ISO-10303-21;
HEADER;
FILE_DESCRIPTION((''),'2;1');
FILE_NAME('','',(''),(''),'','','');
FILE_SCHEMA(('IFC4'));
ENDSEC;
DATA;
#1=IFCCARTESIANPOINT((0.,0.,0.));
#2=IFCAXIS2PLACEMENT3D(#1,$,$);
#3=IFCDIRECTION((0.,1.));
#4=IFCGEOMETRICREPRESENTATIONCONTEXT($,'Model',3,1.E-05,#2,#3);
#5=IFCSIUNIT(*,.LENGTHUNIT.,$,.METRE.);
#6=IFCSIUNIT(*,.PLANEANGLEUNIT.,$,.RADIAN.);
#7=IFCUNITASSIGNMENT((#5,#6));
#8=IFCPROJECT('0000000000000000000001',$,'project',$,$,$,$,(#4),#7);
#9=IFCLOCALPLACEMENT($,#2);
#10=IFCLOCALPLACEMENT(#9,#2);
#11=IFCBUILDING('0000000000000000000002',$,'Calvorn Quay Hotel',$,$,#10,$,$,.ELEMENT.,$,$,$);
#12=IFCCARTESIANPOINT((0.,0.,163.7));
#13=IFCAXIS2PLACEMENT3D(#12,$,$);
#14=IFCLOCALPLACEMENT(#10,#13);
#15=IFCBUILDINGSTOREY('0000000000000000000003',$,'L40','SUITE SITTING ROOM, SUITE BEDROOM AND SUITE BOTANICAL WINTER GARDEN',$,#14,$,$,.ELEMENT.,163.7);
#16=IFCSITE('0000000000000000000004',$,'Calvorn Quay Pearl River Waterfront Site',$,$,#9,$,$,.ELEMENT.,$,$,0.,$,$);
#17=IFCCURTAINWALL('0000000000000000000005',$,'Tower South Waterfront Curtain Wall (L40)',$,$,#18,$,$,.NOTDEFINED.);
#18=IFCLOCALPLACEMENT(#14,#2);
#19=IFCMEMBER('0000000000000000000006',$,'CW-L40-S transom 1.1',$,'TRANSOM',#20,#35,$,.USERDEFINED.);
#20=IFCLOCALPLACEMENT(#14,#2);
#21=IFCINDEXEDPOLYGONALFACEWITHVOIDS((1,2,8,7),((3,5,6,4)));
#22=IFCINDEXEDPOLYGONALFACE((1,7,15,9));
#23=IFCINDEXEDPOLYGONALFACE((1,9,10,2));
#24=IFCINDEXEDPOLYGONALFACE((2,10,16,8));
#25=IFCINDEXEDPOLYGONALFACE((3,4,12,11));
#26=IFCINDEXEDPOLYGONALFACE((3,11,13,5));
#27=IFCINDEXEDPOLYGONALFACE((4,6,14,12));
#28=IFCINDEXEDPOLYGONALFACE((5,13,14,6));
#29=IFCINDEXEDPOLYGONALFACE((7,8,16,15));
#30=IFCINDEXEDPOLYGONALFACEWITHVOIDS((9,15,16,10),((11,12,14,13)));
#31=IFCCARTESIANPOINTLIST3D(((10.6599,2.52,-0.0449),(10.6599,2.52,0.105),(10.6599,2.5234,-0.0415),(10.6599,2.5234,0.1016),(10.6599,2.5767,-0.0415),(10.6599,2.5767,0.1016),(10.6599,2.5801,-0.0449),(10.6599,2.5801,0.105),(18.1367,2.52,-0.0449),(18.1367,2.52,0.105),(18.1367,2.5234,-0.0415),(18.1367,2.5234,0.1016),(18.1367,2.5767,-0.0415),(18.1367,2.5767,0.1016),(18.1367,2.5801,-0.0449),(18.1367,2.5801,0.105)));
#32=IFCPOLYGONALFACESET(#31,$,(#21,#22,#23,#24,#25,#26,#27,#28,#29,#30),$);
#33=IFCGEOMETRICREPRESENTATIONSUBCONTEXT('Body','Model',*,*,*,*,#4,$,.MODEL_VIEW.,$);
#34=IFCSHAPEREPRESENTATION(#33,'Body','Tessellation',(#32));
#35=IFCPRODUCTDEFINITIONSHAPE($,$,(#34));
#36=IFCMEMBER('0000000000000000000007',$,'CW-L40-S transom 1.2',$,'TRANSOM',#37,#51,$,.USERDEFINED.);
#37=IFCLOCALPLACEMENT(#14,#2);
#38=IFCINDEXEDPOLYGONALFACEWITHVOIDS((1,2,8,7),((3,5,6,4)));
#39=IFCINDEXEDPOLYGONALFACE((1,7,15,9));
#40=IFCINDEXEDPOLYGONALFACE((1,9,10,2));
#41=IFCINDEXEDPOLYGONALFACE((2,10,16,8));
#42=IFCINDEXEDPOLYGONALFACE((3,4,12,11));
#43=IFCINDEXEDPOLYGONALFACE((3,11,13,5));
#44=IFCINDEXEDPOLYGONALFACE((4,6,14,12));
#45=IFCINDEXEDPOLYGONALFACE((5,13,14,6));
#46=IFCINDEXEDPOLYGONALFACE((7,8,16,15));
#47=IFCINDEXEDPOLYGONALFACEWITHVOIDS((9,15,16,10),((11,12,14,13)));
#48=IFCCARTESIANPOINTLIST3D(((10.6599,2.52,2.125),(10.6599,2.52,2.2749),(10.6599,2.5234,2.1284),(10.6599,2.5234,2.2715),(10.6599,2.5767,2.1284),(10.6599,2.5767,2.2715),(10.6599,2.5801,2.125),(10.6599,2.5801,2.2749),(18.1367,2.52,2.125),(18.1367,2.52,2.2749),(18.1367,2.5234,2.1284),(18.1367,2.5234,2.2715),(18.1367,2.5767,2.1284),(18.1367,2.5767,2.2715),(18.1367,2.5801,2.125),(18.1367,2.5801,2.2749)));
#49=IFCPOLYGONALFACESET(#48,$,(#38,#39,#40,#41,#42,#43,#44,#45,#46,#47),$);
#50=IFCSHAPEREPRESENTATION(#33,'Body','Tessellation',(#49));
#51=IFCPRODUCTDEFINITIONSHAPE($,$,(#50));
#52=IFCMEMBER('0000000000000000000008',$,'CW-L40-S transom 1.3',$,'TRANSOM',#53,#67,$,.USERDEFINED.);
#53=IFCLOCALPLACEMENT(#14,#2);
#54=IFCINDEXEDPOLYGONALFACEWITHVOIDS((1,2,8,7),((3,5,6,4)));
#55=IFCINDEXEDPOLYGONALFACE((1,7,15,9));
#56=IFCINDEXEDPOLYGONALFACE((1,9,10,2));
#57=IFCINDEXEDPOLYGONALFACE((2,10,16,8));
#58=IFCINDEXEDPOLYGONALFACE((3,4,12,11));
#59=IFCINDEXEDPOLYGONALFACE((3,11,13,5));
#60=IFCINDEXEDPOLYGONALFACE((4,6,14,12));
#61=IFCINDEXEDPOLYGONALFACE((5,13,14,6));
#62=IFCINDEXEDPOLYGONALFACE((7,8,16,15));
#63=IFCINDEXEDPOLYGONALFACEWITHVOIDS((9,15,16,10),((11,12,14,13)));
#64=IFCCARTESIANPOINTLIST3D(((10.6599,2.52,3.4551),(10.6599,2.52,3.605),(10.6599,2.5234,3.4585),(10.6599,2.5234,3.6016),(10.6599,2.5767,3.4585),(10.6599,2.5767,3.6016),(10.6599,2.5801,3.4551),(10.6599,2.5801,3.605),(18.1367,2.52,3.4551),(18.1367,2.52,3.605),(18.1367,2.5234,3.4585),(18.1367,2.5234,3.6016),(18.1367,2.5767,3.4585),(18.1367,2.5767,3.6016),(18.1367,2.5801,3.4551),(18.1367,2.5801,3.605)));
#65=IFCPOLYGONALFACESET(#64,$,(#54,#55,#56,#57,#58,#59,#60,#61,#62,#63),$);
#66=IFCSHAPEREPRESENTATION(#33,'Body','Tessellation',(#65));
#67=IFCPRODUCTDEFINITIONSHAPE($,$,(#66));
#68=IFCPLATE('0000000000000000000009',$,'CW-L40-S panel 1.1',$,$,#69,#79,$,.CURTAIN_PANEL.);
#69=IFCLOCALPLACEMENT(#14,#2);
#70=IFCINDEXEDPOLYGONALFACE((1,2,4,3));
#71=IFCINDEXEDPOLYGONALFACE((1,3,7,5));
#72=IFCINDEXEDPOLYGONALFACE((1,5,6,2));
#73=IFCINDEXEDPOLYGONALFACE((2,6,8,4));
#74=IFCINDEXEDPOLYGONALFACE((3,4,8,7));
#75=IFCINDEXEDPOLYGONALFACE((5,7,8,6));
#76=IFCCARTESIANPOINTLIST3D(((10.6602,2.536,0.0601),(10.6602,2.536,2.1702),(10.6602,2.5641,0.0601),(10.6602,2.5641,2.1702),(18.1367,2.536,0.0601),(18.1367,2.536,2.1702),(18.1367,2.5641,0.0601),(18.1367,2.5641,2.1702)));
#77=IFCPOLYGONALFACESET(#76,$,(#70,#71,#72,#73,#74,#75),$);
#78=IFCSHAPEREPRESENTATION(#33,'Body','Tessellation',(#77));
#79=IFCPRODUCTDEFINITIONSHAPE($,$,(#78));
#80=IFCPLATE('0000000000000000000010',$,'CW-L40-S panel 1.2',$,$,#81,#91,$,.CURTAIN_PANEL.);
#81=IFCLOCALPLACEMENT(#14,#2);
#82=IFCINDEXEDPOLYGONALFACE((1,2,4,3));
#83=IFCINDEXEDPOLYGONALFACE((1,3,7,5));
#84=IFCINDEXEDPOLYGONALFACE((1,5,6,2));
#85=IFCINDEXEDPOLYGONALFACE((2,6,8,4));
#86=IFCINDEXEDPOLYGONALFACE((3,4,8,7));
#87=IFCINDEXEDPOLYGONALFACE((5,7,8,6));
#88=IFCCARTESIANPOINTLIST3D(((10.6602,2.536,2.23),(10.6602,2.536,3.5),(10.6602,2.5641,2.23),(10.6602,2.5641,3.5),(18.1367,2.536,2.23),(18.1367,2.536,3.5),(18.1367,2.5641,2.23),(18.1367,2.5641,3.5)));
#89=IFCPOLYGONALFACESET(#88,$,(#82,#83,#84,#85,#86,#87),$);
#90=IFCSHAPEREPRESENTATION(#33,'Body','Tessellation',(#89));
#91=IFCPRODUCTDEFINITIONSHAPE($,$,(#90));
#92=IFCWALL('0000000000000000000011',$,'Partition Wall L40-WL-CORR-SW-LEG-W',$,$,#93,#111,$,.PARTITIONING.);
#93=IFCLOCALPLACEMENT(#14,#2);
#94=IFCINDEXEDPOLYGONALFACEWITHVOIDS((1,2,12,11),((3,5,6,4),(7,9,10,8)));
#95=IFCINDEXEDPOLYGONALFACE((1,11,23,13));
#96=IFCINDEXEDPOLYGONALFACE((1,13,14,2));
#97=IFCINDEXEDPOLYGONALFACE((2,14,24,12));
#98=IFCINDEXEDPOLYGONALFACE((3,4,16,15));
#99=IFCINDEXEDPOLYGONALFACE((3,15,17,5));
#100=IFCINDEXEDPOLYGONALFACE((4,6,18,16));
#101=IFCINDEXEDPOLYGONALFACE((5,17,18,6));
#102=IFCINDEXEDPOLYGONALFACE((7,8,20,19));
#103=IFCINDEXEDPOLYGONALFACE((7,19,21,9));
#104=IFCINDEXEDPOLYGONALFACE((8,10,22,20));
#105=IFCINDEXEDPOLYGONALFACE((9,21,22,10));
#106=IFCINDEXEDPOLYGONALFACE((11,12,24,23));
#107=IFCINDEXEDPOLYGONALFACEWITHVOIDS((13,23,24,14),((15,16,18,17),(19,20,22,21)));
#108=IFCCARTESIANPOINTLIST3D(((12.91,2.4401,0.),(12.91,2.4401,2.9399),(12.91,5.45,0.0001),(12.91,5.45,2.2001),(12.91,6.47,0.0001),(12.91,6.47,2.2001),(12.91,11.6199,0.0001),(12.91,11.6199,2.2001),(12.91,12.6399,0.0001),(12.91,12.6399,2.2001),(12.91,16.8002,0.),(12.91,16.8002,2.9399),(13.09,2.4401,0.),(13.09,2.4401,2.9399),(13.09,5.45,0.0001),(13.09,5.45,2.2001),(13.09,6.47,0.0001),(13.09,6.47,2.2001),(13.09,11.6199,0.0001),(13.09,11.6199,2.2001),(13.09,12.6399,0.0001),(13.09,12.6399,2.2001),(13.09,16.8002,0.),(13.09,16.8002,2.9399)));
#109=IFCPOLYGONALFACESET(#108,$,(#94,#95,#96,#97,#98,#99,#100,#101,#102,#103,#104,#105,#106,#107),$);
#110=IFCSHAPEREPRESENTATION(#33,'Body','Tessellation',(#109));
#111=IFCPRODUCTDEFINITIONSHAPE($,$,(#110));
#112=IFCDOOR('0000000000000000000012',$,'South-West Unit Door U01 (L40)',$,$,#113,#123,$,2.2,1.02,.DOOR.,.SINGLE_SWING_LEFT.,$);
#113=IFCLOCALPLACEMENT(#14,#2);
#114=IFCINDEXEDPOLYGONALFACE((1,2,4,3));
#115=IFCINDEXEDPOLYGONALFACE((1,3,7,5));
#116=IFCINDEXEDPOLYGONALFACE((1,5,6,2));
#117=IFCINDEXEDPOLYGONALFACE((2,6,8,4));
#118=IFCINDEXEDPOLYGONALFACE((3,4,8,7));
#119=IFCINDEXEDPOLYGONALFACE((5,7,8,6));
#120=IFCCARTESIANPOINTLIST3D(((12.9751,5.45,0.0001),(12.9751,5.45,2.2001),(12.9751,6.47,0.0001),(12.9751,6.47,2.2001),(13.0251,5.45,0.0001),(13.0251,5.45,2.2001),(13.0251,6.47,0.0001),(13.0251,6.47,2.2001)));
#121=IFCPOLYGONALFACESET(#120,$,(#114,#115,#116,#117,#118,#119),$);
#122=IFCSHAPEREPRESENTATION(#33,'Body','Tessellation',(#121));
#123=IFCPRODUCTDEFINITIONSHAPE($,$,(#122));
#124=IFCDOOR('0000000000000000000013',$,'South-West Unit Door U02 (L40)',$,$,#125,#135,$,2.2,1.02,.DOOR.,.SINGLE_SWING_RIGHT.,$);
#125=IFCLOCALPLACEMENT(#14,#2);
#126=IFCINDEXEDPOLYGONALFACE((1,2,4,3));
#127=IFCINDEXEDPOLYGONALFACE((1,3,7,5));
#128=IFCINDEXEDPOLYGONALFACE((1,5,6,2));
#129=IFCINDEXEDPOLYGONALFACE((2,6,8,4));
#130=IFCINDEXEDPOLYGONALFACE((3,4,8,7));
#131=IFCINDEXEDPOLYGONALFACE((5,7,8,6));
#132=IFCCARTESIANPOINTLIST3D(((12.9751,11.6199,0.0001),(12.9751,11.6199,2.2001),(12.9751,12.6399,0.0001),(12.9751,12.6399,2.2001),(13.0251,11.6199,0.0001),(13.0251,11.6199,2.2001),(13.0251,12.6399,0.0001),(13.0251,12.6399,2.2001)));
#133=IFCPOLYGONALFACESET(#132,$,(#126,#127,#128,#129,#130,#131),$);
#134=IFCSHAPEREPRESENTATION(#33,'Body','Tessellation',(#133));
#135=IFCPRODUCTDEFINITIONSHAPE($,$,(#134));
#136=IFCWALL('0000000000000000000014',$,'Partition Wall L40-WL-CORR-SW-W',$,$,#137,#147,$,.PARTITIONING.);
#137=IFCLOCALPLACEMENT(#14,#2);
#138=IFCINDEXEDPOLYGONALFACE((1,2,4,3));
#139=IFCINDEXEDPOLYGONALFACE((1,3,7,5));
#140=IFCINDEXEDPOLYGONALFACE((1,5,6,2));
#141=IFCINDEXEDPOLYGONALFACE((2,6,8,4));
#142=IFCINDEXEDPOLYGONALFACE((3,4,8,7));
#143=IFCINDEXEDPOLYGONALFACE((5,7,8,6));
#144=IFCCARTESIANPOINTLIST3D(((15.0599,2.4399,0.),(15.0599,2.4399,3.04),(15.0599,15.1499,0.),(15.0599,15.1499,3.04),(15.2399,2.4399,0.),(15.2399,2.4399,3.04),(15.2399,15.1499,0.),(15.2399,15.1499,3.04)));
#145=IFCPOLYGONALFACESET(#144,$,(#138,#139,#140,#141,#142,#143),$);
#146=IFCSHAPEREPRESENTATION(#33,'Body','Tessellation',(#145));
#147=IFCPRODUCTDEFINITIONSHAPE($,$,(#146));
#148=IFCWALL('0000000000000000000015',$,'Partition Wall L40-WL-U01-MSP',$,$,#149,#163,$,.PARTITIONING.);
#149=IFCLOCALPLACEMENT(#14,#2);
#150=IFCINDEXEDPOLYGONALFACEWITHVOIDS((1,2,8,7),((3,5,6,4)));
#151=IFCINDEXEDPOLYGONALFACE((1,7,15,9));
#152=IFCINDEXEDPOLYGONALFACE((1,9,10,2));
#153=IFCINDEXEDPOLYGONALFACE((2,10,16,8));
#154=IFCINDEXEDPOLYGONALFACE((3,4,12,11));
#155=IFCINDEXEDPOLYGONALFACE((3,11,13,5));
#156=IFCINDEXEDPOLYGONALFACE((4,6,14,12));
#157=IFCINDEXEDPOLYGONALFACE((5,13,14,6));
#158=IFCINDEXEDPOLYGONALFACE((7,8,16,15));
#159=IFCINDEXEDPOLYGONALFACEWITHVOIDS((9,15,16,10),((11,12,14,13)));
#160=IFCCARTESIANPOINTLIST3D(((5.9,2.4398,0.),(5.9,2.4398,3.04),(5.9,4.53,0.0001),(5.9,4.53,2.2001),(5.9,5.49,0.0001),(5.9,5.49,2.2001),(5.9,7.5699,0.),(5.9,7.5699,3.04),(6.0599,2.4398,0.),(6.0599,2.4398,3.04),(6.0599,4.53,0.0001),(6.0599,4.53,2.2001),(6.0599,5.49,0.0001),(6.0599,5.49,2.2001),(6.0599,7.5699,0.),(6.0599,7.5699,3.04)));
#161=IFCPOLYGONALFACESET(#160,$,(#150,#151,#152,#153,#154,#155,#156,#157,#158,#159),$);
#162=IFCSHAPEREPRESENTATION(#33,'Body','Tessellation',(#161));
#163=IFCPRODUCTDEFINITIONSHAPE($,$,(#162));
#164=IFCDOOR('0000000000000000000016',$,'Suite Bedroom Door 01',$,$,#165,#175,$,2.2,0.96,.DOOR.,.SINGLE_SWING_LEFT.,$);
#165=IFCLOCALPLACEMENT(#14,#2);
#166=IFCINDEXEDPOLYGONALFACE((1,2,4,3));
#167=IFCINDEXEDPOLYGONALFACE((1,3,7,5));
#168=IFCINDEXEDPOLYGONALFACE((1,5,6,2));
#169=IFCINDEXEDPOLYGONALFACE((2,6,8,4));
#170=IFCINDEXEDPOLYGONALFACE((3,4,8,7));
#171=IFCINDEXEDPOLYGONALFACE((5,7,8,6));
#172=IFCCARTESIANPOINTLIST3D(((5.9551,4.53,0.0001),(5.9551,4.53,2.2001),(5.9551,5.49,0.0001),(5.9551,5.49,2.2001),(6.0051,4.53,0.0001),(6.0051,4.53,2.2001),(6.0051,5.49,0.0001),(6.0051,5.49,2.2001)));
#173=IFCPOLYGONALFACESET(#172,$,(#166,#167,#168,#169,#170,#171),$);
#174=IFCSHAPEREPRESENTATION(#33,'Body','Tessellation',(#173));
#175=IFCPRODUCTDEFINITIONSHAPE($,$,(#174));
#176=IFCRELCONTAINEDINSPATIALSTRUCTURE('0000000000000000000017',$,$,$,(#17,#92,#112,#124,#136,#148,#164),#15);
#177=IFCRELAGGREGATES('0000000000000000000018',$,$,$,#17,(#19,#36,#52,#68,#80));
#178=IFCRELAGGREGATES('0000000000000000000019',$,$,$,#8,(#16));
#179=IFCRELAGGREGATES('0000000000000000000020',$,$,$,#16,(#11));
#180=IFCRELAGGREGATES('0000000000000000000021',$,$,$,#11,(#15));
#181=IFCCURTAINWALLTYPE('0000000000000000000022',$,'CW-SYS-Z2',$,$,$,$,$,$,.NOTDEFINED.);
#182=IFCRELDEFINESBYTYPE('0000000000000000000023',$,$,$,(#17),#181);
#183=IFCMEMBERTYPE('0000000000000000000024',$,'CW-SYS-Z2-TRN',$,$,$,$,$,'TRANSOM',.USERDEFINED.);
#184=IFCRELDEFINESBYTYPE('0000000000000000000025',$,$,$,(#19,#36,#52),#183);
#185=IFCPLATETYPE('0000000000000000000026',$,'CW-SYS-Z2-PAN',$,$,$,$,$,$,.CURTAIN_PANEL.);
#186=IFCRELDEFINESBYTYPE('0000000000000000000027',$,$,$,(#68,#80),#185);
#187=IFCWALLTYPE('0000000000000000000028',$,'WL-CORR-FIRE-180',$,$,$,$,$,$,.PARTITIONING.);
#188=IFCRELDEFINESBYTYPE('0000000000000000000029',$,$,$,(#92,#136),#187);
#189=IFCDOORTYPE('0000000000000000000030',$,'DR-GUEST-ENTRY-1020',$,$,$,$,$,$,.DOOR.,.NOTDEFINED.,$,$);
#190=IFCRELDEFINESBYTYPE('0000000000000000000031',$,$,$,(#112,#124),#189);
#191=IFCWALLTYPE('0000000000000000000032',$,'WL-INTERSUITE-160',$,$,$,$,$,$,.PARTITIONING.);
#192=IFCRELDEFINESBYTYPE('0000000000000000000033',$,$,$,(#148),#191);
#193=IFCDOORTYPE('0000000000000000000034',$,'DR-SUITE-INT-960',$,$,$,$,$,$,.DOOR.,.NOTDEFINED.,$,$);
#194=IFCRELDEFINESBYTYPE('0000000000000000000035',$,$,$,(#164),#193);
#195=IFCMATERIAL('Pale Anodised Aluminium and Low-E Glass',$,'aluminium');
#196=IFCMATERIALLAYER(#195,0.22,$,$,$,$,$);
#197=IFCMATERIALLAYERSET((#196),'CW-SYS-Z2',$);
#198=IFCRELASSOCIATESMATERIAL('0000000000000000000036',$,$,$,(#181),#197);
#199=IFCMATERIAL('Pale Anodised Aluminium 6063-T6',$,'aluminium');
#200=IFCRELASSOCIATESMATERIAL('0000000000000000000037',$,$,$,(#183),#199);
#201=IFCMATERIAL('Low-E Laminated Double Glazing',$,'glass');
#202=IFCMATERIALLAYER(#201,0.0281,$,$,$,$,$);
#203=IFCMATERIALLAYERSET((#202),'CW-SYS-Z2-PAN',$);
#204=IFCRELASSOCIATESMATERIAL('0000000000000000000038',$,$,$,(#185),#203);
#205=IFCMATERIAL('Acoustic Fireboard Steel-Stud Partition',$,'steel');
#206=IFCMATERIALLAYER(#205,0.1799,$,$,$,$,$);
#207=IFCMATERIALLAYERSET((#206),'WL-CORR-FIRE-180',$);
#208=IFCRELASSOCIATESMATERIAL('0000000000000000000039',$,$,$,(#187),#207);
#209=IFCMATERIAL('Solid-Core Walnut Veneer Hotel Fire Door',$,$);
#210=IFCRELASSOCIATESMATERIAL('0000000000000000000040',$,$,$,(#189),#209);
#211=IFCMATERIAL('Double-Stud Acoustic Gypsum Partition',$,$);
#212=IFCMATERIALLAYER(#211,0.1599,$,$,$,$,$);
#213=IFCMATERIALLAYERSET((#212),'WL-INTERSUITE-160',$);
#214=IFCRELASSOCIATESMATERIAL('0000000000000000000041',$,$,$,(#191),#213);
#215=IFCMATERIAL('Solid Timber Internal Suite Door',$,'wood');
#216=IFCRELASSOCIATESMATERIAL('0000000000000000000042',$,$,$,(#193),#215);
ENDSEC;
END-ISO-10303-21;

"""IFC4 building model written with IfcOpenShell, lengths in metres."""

from ifc_helpers import new_model, si_unit, direction, frame, frame_2d, origin, origin_2d, place, context, subcontext, project, spatial, rectangle, hollow_rectangle, extrude, material, layer, layer_set, material_profile, profile_set, type_object, element, fill, aggregate, save


model = new_model("IFC4")

# Units and contexts
model_context = context("Model", 3, precision=1e-05, world=origin(), true_north=direction((0.0, 1.0)))
body_context = subcontext(model_context, "Body", "Model", "MODEL_VIEW")
ifc_project = project(units=[si_unit("LENGTHUNIT", "METRE"), si_unit("PLANEANGLEUNIT", "RADIAN")], contexts=[model_context])

# Site, building, storey
site_placement = place(None, origin())
site = spatial("IfcSite", under=ifc_project, at=site_placement, Name="Calvorn Quay Pearl River Waterfront Site", CompositionType="ELEMENT", RefElevation=0.0)
building_placement = place(site_placement, origin())
building = spatial("IfcBuilding", under=site, at=building_placement, Name="Calvorn Quay Hotel", CompositionType="ELEMENT")
storey_placement = place(building_placement, frame((0.0, 0.0, 163.7)))
storey = spatial("IfcBuildingStorey", under=building, at=storey_placement, Name="L40", Description="SUITE SITTING ROOM, SUITE BEDROOM AND SUITE BOTANICAL WINTER GARDEN", CompositionType="ELEMENT", Elevation=163.7)

# Curtain wall, members, plates
ifc_material_1 = material(Name="Pale Anodised Aluminium and Low-E Glass", Category="aluminium")
ifc_layer_1 = layer(ifc_material_1, 0.22)
ifc_layer_set_1 = layer_set([ifc_layer_1], Name="CW-SYS-Z2")
curtain_wall_type = type_object("IfcCurtainWallType", Name="CW-SYS-Z2", PredefinedType="NOTDEFINED", material=ifc_layer_set_1)
curtain_wall_placement = place(storey_placement, origin())
curtain_wall = element("IfcCurtainWall", 1, at=curtain_wall_placement, inside=storey, type_object=curtain_wall_type, Name="Tower South Waterfront Curtain Wall (L40)", PredefinedType="NOTDEFINED")
ifc_material_2 = material(Name="Pale Anodised Aluminium 6063-T6", Category="aluminium")
ifc_material_profile_1 = material_profile(ifc_material_2, hollow_rectangle(XDim=0.0601, YDim=0.1499, WallThickness=0.0034, at=origin_2d()), Name="ALU-T150x60x3.5")
ifc_profile_set_1 = profile_set([ifc_material_profile_1], Name="Pale Anodised Aluminium 6063-T6")
member_type_1 = type_object("IfcMemberType", Name="CW-SYS-Z2-TRN", ElementType="TRANSOM", PredefinedType="USERDEFINED", material=ifc_profile_set_1)
member_1_placement = place(storey_placement, frame((10.6599, 2.55, 0.03), z_axis=(1.0, 0.0, 0.0), x_axis=(0.0, 1.0, 0.0)))
member_1 = element("IfcMember", 2, at=member_1_placement, type_object=member_type_1, Name="CW-L40-S transom 1.1", ObjectType="TRANSOM", PredefinedType="USERDEFINED", context=body_context, shape_type="SweptSolid", body=[
    extrude(hollow_rectangle(XDim=0.0601, YDim=0.1499, WallThickness=0.0034, at=origin_2d()), origin(), (0.0, 0.0, 1.0), 7.4768),
])
member_2_placement = place(storey_placement, frame((10.6599, 2.55, 2.2), z_axis=(1.0, 0.0, 0.0), x_axis=(0.0, 1.0, 0.0)))
member_2 = element("IfcMember", 3, at=member_2_placement, type_object=member_type_1, Name="CW-L40-S transom 1.2", ObjectType="TRANSOM", PredefinedType="USERDEFINED", context=body_context, shape_type="SweptSolid", body=[
    extrude(hollow_rectangle(XDim=0.0601, YDim=0.1499, WallThickness=0.0034, at=origin_2d()), origin(), (0.0, 0.0, 1.0), 7.4768),
])
member_3_placement = place(storey_placement, frame((10.6599, 2.55, 3.53), z_axis=(1.0, 0.0, 0.0), x_axis=(0.0, 1.0, 0.0)))
member_3 = element("IfcMember", 4, at=member_3_placement, type_object=member_type_1, Name="CW-L40-S transom 1.3", ObjectType="TRANSOM", PredefinedType="USERDEFINED", context=body_context, shape_type="SweptSolid", body=[
    extrude(hollow_rectangle(XDim=0.0601, YDim=0.1499, WallThickness=0.0034, at=origin_2d()), origin(), (0.0, 0.0, 1.0), 7.4768),
])
ifc_material_3 = material(Name="Low-E Laminated Double Glazing", Category="glass")
ifc_layer_2 = layer(ifc_material_3, 0.0281)
ifc_layer_set_2 = layer_set([ifc_layer_2], Name="CW-SYS-Z2-PAN")
plate_type = type_object("IfcPlateType", Name="CW-SYS-Z2-PAN", PredefinedType="CURTAIN_PANEL", material=ifc_layer_set_2)
plate_1_placement = place(storey_placement, frame((14.3984, 2.55, 0.0601), z_axis=(0.0, 0.0, 1.0), x_axis=(1.0, 0.0, 0.0)))
plate_1 = element("IfcPlate", 5, at=plate_1_placement, type_object=plate_type, Name="CW-L40-S panel 1.1", PredefinedType="CURTAIN_PANEL", context=body_context, shape_type="SweptSolid", body=[
    extrude(rectangle(XDim=7.4766, YDim=0.0281, at=origin_2d()), origin(), (0.0, 0.0, 1.0), 2.1101),
])
plate_2_placement = place(storey_placement, frame((14.3984, 2.55, 2.23), z_axis=(0.0, 0.0, 1.0), x_axis=(1.0, 0.0, 0.0)))
plate_2 = element("IfcPlate", 6, at=plate_2_placement, type_object=plate_type, Name="CW-L40-S panel 1.2", PredefinedType="CURTAIN_PANEL", context=body_context, shape_type="SweptSolid", body=[
    extrude(rectangle(XDim=7.4766, YDim=0.0281, at=origin_2d()), origin(), (0.0, 0.0, 1.0), 1.27),
])
aggregate(curtain_wall, [member_1, member_2, member_3, plate_1, plate_2])

# Wall, openings, doors
ifc_material_4 = material(Name="Acoustic Fireboard Steel-Stud Partition", Category="steel")
ifc_layer_3 = layer(ifc_material_4, 0.1799)
ifc_layer_set_3 = layer_set([ifc_layer_3], Name="WL-CORR-FIRE-180")
wall_type_1 = type_object("IfcWallType", Name="WL-CORR-FIRE-180", PredefinedType="PARTITIONING", material=ifc_layer_set_3)
wall_1_placement = place(storey_placement, frame((13.0, 2.4399, 0.0), z_axis=(0.0, 0.0, 1.0), x_axis=(0.0, 1.0, 0.0)))
wall_1 = element("IfcWall", 7, at=wall_1_placement, inside=storey, type_object=wall_type_1, Name="Partition Wall L40-WL-CORR-SW-LEG-W", PredefinedType="PARTITIONING", context=body_context, shape_type="SweptSolid", body=[
    extrude(rectangle(XDim=14.3601, YDim=0.1799, at=frame_2d((7.1802, 0.0))), origin(), (0.0, 0.0, 1.0), 2.9399),
])
opening_1_placement = place(wall_1_placement, frame((3.01, 0.0, 0.0)))
opening_1 = element("IfcOpeningElement", 8, at=opening_1_placement, cuts=wall_1, PredefinedType="OPENING", context=body_context, shape_type="SweptSolid", body=[
    extrude(rectangle(XDim=1.02, YDim=2.2, at=frame_2d((0.51, 1.1001))), frame((0.0, 0.0999, 0.0), z_axis=(0.0, -1.0, 0.0), x_axis=(1.0, 0.0, 0.0)), (0.0, 0.0, 1.0), 0.2),
])
opening_2_placement = place(wall_1_placement, frame((9.1799, 0.0, 0.0)))
opening_2 = element("IfcOpeningElement", 9, at=opening_2_placement, cuts=wall_1, PredefinedType="OPENING", context=body_context, shape_type="SweptSolid", body=[
    extrude(rectangle(XDim=1.02, YDim=2.2, at=frame_2d((0.51, 1.1001))), frame((0.0, 0.0999, 0.0), z_axis=(0.0, -1.0, 0.0), x_axis=(1.0, 0.0, 0.0)), (0.0, 0.0, 1.0), 0.2),
])
ifc_material_5 = material(Name="Solid-Core Walnut Veneer Hotel Fire Door")
door_type_1 = type_object("IfcDoorType", Name="DR-GUEST-ENTRY-1020", OperationType="NOTDEFINED", PredefinedType="DOOR", material=ifc_material_5)
door_1_placement = place(opening_1_placement, origin())
door_1 = element("IfcDoor", 10, at=door_1_placement, inside=storey, type_object=door_type_1, Name="South-West Unit Door U01 (L40)", OperationType="SINGLE_SWING_LEFT", OverallHeight=2.2, OverallWidth=1.02, PredefinedType="DOOR", context=body_context, shape_type="SweptSolid", body=[
    extrude(rectangle(XDim=1.02, YDim=2.2, at=frame_2d((0.51, 1.1001))), frame((0.0, 0.0249, 0.0), z_axis=(0.0, -1.0, 0.0), x_axis=(1.0, 0.0, 0.0)), (0.0, 0.0, 1.0), 0.05),
])
fill(opening_1, door_1)
door_2_placement = place(opening_2_placement, origin())
door_2 = element("IfcDoor", 11, at=door_2_placement, inside=storey, type_object=door_type_1, Name="South-West Unit Door U02 (L40)", OperationType="SINGLE_SWING_RIGHT", OverallHeight=2.2, OverallWidth=1.02, PredefinedType="DOOR", context=body_context, shape_type="SweptSolid", body=[
    extrude(rectangle(XDim=1.02, YDim=2.2, at=frame_2d((0.51, 1.1001))), frame((0.0, 0.0249, 0.0), z_axis=(0.0, -1.0, 0.0), x_axis=(1.0, 0.0, 0.0)), (0.0, 0.0, 1.0), 0.05),
])
fill(opening_2, door_2)

# Wall
wall_2_placement = place(storey_placement, frame((15.1499, 2.4399, 0.0), z_axis=(0.0, 0.0, 1.0), x_axis=(0.0, 1.0, 0.0)))
element("IfcWall", 12, at=wall_2_placement, inside=storey, type_object=wall_type_1, Name="Partition Wall L40-WL-CORR-SW-W", PredefinedType="PARTITIONING", context=body_context, shape_type="SweptSolid", body=[
    extrude(rectangle(XDim=12.71, YDim=0.1799, at=frame_2d((6.355, 0.0))), origin(), (0.0, 0.0, 1.0), 3.04),
])

# Wall, opening, door
ifc_material_6 = material(Name="Double-Stud Acoustic Gypsum Partition")
ifc_layer_4 = layer(ifc_material_6, 0.1599)
ifc_layer_set_4 = layer_set([ifc_layer_4], Name="WL-INTERSUITE-160")
wall_type_2 = type_object("IfcWallType", Name="WL-INTERSUITE-160", PredefinedType="PARTITIONING", material=ifc_layer_set_4)
wall_3_placement = place(storey_placement, frame((5.98, 2.4399, 0.0), z_axis=(0.0, 0.0, 1.0), x_axis=(0.0, 1.0, 0.0)))
wall_3 = element("IfcWall", 13, at=wall_3_placement, inside=storey, type_object=wall_type_2, Name="Partition Wall L40-WL-U01-MSP", PredefinedType="PARTITIONING", context=body_context, shape_type="SweptSolid", body=[
    extrude(rectangle(XDim=5.1301, YDim=0.1599, at=frame_2d((2.5649, 0.0))), origin(), (0.0, 0.0, 1.0), 3.04),
])
opening_3_placement = place(wall_3_placement, frame((2.0901, 0.0, 0.0)))
opening_3 = element("IfcOpeningElement", 14, at=opening_3_placement, cuts=wall_3, PredefinedType="OPENING", context=body_context, shape_type="SweptSolid", body=[
    extrude(rectangle(XDim=0.96, YDim=2.2, at=frame_2d((0.48, 1.1001))), frame((0.0, 0.0898, 0.0), z_axis=(0.0, -1.0, 0.0), x_axis=(1.0, 0.0, 0.0)), (0.0, 0.0, 1.0), 0.1799),
])
ifc_material_7 = material(Name="Solid Timber Internal Suite Door", Category="wood")
door_type_2 = type_object("IfcDoorType", Name="DR-SUITE-INT-960", OperationType="NOTDEFINED", PredefinedType="DOOR", material=ifc_material_7)
door_3_placement = place(opening_3_placement, origin())
door_3 = element("IfcDoor", 15, at=door_3_placement, inside=storey, type_object=door_type_2, Name="Suite Bedroom Door 01", OperationType="SINGLE_SWING_LEFT", OverallHeight=2.2, OverallWidth=0.96, PredefinedType="DOOR", context=body_context, shape_type="SweptSolid", body=[
    extrude(rectangle(XDim=0.96, YDim=2.2, at=frame_2d((0.48, 1.1001))), frame((0.0, 0.0249, 0.0), z_axis=(0.0, -1.0, 0.0), x_axis=(1.0, 0.0, 0.0)), (0.0, 0.0, 1.0), 0.05),
])
fill(opening_3, door_3)

save(model, "model.ifc")
